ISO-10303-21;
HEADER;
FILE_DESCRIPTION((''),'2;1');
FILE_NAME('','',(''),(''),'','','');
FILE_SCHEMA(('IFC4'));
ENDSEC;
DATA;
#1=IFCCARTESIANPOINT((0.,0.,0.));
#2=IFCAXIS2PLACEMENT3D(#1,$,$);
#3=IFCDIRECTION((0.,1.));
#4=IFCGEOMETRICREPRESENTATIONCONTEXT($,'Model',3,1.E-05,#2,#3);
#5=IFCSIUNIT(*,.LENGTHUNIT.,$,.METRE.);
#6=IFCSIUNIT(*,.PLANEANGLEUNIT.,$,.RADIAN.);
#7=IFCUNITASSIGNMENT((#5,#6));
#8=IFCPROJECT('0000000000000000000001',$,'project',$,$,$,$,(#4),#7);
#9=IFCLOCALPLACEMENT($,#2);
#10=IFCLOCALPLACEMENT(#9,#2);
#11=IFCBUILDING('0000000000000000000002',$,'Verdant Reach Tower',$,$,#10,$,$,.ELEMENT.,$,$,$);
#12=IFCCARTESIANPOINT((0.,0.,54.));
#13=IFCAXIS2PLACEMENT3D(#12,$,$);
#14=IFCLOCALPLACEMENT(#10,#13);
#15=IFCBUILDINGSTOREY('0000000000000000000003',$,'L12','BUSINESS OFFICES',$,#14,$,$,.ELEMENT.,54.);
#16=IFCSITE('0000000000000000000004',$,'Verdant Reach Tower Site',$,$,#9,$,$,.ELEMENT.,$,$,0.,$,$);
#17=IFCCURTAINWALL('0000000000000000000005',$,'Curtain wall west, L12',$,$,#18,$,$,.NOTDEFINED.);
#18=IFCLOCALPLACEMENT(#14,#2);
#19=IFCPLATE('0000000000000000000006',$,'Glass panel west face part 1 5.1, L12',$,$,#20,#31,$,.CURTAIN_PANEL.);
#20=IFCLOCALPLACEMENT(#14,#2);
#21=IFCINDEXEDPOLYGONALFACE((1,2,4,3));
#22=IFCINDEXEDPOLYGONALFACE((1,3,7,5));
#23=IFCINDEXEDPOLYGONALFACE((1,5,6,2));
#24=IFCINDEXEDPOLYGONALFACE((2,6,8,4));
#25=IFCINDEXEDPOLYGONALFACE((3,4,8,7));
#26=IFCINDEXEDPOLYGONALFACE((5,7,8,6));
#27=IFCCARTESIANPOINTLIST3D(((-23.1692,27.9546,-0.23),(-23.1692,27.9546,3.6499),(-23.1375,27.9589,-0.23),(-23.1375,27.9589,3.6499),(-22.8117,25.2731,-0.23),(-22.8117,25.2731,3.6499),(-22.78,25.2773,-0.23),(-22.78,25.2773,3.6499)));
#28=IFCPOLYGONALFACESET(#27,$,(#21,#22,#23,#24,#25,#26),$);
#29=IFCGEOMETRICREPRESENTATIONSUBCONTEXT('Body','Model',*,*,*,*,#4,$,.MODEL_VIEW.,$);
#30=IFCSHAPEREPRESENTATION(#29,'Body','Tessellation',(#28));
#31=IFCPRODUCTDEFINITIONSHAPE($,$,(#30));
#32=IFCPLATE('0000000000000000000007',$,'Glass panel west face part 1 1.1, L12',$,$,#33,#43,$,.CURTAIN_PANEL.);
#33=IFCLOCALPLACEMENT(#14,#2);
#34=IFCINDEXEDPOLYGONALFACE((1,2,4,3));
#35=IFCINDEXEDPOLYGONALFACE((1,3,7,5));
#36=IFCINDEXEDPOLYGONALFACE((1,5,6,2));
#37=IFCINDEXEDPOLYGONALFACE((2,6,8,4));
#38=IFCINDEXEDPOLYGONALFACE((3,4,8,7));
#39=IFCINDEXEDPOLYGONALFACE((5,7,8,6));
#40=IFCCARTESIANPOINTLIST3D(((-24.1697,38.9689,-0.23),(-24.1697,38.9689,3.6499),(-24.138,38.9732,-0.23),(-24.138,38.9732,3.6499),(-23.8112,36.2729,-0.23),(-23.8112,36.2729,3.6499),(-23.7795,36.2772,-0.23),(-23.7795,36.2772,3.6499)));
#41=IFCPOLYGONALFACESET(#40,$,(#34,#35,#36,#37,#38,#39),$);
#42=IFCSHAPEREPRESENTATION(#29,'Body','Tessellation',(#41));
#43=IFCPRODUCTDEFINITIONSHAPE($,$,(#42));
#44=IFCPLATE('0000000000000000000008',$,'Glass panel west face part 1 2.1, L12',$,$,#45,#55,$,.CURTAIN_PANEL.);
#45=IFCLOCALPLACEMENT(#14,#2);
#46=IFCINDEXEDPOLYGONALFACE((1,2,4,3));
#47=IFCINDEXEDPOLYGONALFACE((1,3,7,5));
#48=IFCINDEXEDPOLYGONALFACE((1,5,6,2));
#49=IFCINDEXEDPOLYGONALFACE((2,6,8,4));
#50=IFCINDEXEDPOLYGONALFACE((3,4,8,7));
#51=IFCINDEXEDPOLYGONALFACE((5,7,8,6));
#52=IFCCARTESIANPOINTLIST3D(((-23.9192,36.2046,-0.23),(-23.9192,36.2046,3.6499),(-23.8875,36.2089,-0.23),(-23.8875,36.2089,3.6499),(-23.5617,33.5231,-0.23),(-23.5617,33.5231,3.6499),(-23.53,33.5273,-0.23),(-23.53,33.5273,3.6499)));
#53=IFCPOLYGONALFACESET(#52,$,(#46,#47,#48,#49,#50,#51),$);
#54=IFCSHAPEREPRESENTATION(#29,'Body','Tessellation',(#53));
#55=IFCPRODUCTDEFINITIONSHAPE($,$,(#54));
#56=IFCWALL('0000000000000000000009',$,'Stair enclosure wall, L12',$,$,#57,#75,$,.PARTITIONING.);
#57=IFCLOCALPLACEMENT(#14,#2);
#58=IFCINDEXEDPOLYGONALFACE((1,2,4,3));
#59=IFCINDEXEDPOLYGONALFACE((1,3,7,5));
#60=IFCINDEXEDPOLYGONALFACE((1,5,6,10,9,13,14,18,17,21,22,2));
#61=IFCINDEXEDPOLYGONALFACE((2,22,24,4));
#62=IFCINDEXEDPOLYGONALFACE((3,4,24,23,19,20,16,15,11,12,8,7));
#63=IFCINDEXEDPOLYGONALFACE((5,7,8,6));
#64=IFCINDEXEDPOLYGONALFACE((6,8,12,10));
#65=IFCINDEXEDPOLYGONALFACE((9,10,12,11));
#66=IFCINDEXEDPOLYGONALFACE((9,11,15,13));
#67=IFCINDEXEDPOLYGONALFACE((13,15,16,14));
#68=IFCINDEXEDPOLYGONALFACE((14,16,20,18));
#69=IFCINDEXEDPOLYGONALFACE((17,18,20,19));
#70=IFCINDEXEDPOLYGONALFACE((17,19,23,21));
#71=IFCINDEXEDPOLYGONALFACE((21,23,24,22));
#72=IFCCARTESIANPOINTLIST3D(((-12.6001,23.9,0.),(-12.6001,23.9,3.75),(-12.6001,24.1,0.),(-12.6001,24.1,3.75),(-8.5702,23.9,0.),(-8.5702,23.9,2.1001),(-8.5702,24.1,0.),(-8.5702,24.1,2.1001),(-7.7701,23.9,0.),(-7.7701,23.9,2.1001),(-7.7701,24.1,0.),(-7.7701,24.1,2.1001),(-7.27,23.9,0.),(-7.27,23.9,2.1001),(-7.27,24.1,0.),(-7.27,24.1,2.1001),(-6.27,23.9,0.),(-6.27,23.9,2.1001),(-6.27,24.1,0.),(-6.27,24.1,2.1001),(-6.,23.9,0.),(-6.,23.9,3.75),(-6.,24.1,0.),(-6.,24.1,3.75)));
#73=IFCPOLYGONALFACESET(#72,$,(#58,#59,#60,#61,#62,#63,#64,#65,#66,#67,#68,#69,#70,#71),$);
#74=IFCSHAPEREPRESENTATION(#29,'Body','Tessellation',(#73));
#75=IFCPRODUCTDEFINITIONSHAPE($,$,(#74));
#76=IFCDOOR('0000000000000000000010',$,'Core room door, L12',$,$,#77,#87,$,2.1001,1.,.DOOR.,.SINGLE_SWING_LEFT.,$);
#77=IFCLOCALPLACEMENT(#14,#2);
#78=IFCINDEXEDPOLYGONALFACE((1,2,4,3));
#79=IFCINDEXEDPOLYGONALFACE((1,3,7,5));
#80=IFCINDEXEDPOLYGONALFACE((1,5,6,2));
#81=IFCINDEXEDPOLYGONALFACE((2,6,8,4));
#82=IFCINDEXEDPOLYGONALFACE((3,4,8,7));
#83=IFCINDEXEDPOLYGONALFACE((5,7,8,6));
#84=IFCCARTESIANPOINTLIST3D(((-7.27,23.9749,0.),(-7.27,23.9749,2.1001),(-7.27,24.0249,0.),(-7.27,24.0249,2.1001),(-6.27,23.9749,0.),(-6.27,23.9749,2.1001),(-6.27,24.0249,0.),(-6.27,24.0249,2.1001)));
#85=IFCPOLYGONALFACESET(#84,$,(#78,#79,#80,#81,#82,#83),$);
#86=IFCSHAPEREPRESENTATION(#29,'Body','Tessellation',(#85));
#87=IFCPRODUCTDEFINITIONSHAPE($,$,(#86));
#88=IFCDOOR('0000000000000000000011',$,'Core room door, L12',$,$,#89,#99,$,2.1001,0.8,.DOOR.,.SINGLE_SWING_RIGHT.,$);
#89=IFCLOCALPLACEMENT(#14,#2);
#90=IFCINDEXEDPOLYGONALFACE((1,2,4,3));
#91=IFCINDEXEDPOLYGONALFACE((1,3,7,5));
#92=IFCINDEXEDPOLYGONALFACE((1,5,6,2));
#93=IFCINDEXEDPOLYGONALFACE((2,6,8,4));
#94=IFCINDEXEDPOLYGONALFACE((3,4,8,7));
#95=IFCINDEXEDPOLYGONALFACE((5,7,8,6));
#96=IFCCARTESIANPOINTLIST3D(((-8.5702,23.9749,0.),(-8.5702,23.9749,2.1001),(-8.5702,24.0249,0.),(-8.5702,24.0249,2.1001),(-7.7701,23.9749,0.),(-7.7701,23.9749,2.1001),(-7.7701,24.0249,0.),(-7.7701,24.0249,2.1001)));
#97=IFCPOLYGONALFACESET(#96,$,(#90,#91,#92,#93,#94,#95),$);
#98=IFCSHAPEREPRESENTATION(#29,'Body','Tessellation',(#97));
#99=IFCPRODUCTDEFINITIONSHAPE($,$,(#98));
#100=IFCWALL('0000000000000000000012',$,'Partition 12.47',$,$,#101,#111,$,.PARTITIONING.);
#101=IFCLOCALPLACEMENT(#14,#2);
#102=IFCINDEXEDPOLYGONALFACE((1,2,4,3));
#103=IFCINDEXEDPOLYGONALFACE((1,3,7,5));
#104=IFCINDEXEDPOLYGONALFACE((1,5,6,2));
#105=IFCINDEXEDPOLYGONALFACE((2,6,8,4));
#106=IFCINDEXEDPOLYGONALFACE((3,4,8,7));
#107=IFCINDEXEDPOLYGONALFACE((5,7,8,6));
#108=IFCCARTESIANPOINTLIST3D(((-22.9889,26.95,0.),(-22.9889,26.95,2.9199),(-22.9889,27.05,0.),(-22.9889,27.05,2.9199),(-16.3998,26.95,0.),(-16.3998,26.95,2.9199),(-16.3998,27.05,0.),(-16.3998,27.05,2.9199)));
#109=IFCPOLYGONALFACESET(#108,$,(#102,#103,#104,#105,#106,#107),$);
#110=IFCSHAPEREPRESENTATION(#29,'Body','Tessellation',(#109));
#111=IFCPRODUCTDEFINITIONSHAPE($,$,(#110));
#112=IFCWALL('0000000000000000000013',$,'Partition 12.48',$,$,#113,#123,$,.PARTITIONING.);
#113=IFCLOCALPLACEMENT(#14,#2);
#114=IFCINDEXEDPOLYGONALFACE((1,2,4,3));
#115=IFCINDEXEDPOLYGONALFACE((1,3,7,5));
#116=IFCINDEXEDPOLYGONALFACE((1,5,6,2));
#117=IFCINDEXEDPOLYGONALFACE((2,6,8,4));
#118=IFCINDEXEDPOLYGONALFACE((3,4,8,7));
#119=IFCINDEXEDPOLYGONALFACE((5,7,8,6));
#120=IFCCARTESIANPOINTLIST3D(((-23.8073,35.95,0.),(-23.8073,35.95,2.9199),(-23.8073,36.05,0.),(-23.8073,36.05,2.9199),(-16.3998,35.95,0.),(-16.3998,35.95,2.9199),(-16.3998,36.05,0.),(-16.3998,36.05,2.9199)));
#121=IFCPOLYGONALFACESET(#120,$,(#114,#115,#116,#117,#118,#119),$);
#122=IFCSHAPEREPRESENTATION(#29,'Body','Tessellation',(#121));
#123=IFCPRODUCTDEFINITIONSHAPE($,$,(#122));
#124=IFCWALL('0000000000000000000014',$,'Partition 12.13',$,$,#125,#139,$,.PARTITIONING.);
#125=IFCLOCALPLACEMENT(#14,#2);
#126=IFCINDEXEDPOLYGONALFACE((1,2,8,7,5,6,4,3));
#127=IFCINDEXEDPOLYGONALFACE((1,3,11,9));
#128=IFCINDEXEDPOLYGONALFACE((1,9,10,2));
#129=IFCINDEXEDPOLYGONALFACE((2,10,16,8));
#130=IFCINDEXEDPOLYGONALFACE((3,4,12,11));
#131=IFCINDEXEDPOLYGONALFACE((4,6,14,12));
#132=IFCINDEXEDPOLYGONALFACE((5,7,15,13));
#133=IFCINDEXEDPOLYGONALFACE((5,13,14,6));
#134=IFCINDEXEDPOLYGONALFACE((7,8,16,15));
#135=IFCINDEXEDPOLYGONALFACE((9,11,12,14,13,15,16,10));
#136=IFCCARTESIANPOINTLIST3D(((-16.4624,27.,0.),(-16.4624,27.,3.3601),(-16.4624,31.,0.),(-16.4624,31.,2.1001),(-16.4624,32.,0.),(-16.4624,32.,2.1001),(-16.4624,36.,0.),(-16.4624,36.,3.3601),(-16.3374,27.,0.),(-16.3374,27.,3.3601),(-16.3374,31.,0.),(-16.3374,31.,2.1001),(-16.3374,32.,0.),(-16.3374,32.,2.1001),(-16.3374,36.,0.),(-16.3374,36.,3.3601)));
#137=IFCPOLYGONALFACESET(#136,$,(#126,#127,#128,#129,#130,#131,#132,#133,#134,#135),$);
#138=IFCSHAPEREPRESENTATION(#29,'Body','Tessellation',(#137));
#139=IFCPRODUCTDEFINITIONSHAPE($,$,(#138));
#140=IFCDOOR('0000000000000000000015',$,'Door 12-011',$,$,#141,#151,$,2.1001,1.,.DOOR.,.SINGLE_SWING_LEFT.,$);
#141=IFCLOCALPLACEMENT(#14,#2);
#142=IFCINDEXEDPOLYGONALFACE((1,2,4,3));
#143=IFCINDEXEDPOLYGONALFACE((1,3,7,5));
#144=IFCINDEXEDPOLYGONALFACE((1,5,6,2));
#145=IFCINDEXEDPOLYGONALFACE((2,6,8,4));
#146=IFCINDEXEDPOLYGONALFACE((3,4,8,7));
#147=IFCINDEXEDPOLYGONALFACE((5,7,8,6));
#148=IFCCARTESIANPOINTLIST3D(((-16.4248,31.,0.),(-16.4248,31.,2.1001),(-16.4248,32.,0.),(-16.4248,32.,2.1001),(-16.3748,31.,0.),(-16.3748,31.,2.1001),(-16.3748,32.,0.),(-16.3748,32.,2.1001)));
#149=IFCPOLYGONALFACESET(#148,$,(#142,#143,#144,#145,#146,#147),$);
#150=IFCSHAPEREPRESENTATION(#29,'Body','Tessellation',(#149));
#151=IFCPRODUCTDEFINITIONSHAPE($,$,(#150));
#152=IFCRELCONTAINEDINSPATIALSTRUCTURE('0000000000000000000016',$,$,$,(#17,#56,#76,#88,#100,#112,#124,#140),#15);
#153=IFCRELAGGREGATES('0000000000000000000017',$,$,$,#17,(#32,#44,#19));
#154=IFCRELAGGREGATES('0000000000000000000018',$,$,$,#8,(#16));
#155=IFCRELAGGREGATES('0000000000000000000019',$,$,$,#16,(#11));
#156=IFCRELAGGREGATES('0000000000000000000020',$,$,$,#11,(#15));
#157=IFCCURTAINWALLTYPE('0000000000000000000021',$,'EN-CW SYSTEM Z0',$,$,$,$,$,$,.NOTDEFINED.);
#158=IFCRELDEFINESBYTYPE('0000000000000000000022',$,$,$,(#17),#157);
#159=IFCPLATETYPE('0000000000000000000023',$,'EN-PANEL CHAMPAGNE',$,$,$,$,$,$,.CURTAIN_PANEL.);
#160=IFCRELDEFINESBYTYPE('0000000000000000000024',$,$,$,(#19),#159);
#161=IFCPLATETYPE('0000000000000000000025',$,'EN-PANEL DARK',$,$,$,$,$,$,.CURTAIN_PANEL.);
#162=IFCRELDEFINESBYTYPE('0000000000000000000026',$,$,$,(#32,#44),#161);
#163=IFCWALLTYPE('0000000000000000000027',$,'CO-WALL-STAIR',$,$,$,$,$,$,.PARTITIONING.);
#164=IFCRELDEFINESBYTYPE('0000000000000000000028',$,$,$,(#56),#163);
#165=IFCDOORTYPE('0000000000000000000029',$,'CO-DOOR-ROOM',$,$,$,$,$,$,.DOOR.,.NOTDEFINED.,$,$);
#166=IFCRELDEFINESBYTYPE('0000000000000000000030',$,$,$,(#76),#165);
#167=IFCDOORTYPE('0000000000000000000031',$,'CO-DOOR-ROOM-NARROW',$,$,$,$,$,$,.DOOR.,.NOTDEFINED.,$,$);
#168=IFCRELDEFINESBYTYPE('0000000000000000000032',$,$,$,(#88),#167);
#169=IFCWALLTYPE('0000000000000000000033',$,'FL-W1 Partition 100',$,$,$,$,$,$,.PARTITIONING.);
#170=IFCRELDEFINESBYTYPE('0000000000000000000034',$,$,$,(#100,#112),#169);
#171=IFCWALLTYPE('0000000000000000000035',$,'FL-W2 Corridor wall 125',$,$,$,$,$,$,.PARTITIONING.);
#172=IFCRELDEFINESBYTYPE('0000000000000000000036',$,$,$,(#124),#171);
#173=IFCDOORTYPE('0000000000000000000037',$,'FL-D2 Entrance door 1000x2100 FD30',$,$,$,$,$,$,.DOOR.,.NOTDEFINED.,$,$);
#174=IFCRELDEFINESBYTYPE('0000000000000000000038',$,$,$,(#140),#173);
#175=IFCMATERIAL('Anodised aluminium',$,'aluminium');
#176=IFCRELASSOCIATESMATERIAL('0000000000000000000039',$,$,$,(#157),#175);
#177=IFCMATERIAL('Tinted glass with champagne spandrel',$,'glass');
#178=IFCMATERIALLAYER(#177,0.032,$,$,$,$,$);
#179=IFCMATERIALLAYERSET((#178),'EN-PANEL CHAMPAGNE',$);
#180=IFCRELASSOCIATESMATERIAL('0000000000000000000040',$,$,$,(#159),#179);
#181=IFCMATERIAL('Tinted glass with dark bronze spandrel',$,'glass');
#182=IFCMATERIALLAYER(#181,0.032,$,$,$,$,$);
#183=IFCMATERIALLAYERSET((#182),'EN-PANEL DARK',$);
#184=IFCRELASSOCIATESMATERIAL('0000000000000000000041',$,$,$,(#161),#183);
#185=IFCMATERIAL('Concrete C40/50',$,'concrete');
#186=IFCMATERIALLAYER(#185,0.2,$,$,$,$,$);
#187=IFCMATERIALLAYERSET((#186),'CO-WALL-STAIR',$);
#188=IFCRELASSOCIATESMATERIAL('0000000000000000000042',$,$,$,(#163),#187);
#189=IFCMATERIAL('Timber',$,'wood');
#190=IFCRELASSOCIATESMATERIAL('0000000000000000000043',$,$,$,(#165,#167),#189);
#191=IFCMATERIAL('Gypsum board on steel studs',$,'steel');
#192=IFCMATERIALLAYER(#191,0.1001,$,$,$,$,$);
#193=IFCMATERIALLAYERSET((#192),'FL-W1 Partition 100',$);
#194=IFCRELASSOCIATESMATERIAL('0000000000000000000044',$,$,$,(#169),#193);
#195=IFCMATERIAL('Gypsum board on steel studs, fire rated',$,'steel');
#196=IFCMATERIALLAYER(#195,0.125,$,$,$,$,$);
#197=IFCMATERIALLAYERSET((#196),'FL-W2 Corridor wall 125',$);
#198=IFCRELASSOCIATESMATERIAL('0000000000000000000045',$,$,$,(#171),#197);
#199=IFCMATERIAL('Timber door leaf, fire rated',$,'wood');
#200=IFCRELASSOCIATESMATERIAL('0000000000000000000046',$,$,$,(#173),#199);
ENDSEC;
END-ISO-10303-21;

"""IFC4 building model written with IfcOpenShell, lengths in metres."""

from ifc_helpers import new_model, si_unit, direction, frame, frame_2d, origin, origin_2d, place, context, subcontext, project, spatial, rectangle, extrude, material, layer, layer_set, type_object, element, fill, aggregate, save


model = new_model("IFC4")

# Units and contexts
model_context = context("Model", 3, precision=1e-05, world=origin(), true_north=direction((0.0, 1.0)))
body_context = subcontext(model_context, "Body", "Model", "MODEL_VIEW")
ifc_project = project(units=[si_unit("LENGTHUNIT", "METRE"), si_unit("PLANEANGLEUNIT", "RADIAN")], contexts=[model_context])

# Site, building, storey
site_placement = place(None, origin())
site = spatial("IfcSite", under=ifc_project, at=site_placement, Name="Verdant Reach Tower Site", CompositionType="ELEMENT", RefElevation=0.0)
building_placement = place(site_placement, origin())
building = spatial("IfcBuilding", under=site, at=building_placement, Name="Verdant Reach Tower", CompositionType="ELEMENT")
storey_placement = place(building_placement, frame((0.0, 0.0, 54.0)))
storey = spatial("IfcBuildingStorey", under=building, at=storey_placement, Name="L12", Description="BUSINESS OFFICES", CompositionType="ELEMENT", Elevation=54.0)

# Curtain wall, plates
ifc_material_1 = material(Name="Anodised aluminium", Category="aluminium")
curtain_wall_type = type_object("IfcCurtainWallType", Name="EN-CW SYSTEM Z0", PredefinedType="NOTDEFINED", material=ifc_material_1)
curtain_wall_placement = place(storey_placement, origin())
curtain_wall = element("IfcCurtainWall", 1, at=curtain_wall_placement, inside=storey, type_object=curtain_wall_type, Name="Curtain wall west, L12", PredefinedType="NOTDEFINED")
ifc_material_2 = material(Name="Tinted glass with champagne spandrel", Category="glass")
ifc_layer_1 = layer(ifc_material_2, 0.032)
ifc_layer_set_1 = layer_set([ifc_layer_1], Name="EN-PANEL CHAMPAGNE")
plate_type_1 = type_object("IfcPlateType", Name="EN-PANEL CHAMPAGNE", PredefinedType="CURTAIN_PANEL", material=ifc_layer_set_1)
plate_1_placement = place(storey_placement, frame((-22.9746, 26.616, -0.23), z_axis=(0.0, 0.0, 1.0), x_axis=(0.13216, -0.991228, 0.0)))
plate_1 = element("IfcPlate", 2, at=plate_1_placement, type_object=plate_type_1, Name="Glass panel west face part 1 5.1, L12", PredefinedType="CURTAIN_PANEL", context=body_context, shape_type="SweptSolid", body=[
    extrude(rectangle(XDim=2.7053, YDim=0.032, at=origin_2d()), origin(), (0.0, 0.0, 1.0), 3.8799),
])
ifc_material_3 = material(Name="Tinted glass with dark bronze spandrel", Category="glass")
ifc_layer_2 = layer(ifc_material_3, 0.032)
ifc_layer_set_2 = layer_set([ifc_layer_2], Name="EN-PANEL DARK")
plate_type_2 = type_object("IfcPlateType", Name="EN-PANEL DARK", PredefinedType="CURTAIN_PANEL", material=ifc_layer_set_2)
plate_2_placement = place(storey_placement, frame((-23.9746, 37.623, -0.23), z_axis=(0.0, 0.0, 1.0), x_axis=(0.131793, -0.991277, 0.0)))
plate_2 = element("IfcPlate", 3, at=plate_2_placement, type_object=plate_type_2, Name="Glass panel west face part 1 1.1, L12", PredefinedType="CURTAIN_PANEL", context=body_context, shape_type="SweptSolid", body=[
    extrude(rectangle(XDim=2.7197, YDim=0.032, at=origin_2d()), origin(), (0.0, 0.0, 1.0), 3.8799),
])
plate_3_placement = place(storey_placement, frame((-23.7246, 34.866, -0.23), z_axis=(0.0, 0.0, 1.0), x_axis=(0.13216, -0.991228, 0.0)))
plate_3 = element("IfcPlate", 4, at=plate_3_placement, type_object=plate_type_2, Name="Glass panel west face part 1 2.1, L12", PredefinedType="CURTAIN_PANEL", context=body_context, shape_type="SweptSolid", body=[
    extrude(rectangle(XDim=2.7053, YDim=0.032, at=origin_2d()), origin(), (0.0, 0.0, 1.0), 3.8799),
])
aggregate(curtain_wall, [plate_2, plate_3, plate_1])

# Wall, openings, doors
ifc_material_4 = material(Name="Concrete C40/50", Category="concrete")
ifc_layer_3 = layer(ifc_material_4, 0.2)
ifc_layer_set_3 = layer_set([ifc_layer_3], Name="CO-WALL-STAIR")
wall_type_1 = type_object("IfcWallType", Name="CO-WALL-STAIR", PredefinedType="PARTITIONING", material=ifc_layer_set_3)
wall_1_placement = place(storey_placement, frame((-12.6001, 24.0, 0.0), z_axis=(0.0, 0.0, 1.0), x_axis=(1.0, 0.0, 0.0)))
wall_1 = element("IfcWall", 5, at=wall_1_placement, inside=storey, type_object=wall_type_1, Name="Stair enclosure wall, L12", PredefinedType="PARTITIONING", context=body_context, shape_type="SweptSolid", body=[
    extrude(rectangle(XDim=6.6001, YDim=0.2, at=frame_2d((3.3, 0.0))), origin(), (0.0, 0.0, 1.0), 3.75),
])
opening_1_placement = place(wall_1_placement, frame((4.03, 0.0, 0.0)))
opening_1 = element("IfcOpeningElement", 6, at=opening_1_placement, cuts=wall_1, PredefinedType="OPENING", context=body_context, shape_type="SweptSolid", body=[
    extrude(rectangle(XDim=0.8, YDim=2.1001, at=frame_2d((0.3999, 1.05))), frame((0.0, 0.1099, 0.0), z_axis=(0.0, -1.0, 0.0), x_axis=(1.0, 0.0, 0.0)), (0.0, 0.0, 1.0), 0.22),
])
opening_2_placement = place(wall_1_placement, frame((5.3301, 0.0, 0.0)))
opening_2 = element("IfcOpeningElement", 7, at=opening_2_placement, cuts=wall_1, PredefinedType="OPENING", context=body_context, shape_type="SweptSolid", body=[
    extrude(rectangle(XDim=1.0, YDim=2.1001, at=frame_2d((0.5, 1.05))), frame((0.0, 0.1099, 0.0), z_axis=(0.0, -1.0, 0.0), x_axis=(1.0, 0.0, 0.0)), (0.0, 0.0, 1.0), 0.22),
])
ifc_material_5 = material(Name="Timber", Category="wood")
door_type_1 = type_object("IfcDoorType", Name="CO-DOOR-ROOM", OperationType="NOTDEFINED", PredefinedType="DOOR", material=ifc_material_5)
door_1_placement = place(opening_2_placement, origin())
door_1 = element("IfcDoor", 8, at=door_1_placement, inside=storey, type_object=door_type_1, Name="Core room door, L12", OperationType="SINGLE_SWING_LEFT", OverallHeight=2.1001, OverallWidth=1.0, PredefinedType="DOOR", context=body_context, shape_type="SweptSolid", body=[
    extrude(rectangle(XDim=1.0, YDim=2.1001, at=frame_2d((0.5, 1.05))), frame((0.0, 0.0249, 0.0), z_axis=(0.0, -1.0, 0.0), x_axis=(1.0, 0.0, 0.0)), (0.0, 0.0, 1.0), 0.05),
])
fill(opening_2, door_1)
door_type_2 = type_object("IfcDoorType", Name="CO-DOOR-ROOM-NARROW", OperationType="NOTDEFINED", PredefinedType="DOOR", material=ifc_material_5)
door_2_placement = place(opening_1_placement, origin())
door_2 = element("IfcDoor", 9, at=door_2_placement, inside=storey, type_object=door_type_2, Name="Core room door, L12", OperationType="SINGLE_SWING_RIGHT", OverallHeight=2.1001, OverallWidth=0.8, PredefinedType="DOOR", context=body_context, shape_type="SweptSolid", body=[
    extrude(rectangle(XDim=0.8, YDim=2.1001, at=frame_2d((0.3999, 1.05))), frame((0.0, 0.0249, 0.0), z_axis=(0.0, -1.0, 0.0), x_axis=(1.0, 0.0, 0.0)), (0.0, 0.0, 1.0), 0.05),
])
fill(opening_1, door_2)

# Walls
ifc_material_6 = material(Name="Gypsum board on steel studs", Category="steel")
ifc_layer_4 = layer(ifc_material_6, 0.1001)
ifc_layer_set_4 = layer_set([ifc_layer_4], Name="FL-W1 Partition 100")
wall_type_2 = type_object("IfcWallType", Name="FL-W1 Partition 100", PredefinedType="PARTITIONING", material=ifc_layer_set_4)
wall_2_placement = place(storey_placement, frame((-16.3999, 27.0, 0.0), z_axis=(0.0, 0.0, 1.0), x_axis=(-1.0, 0.0, 0.0)))
element("IfcWall", 10, at=wall_2_placement, inside=storey, type_object=wall_type_2, Name="Partition 12.47", PredefinedType="PARTITIONING", context=body_context, shape_type="SweptSolid", body=[
    extrude(rectangle(XDim=6.5891, YDim=0.1001, at=frame_2d((3.2944, 0.0))), origin(), (0.0, 0.0, 1.0), 2.9199),
])
wall_3_placement = place(storey_placement, frame((-16.3999, 36.0, 0.0), z_axis=(0.0, 0.0, 1.0), x_axis=(-1.0, 0.0, 0.0)))
element("IfcWall", 11, at=wall_3_placement, inside=storey, type_object=wall_type_2, Name="Partition 12.48", PredefinedType="PARTITIONING", context=body_context, shape_type="SweptSolid", body=[
    extrude(rectangle(XDim=7.4075, YDim=0.1001, at=frame_2d((3.7036, 0.0))), origin(), (0.0, 0.0, 1.0), 2.9199),
])

# Wall, opening, door
ifc_material_7 = material(Name="Gypsum board on steel studs, fire rated", Category="steel")
ifc_layer_5 = layer(ifc_material_7, 0.125)
ifc_layer_set_5 = layer_set([ifc_layer_5], Name="FL-W2 Corridor wall 125")
wall_type_3 = type_object("IfcWallType", Name="FL-W2 Corridor wall 125", PredefinedType="PARTITIONING", material=ifc_layer_set_5)
wall_4_placement = place(storey_placement, frame((-16.3999, 27.0, 0.0), z_axis=(0.0, 0.0, 1.0), x_axis=(0.0, 1.0, 0.0)))
wall_4 = element("IfcWall", 12, at=wall_4_placement, inside=storey, type_object=wall_type_3, Name="Partition 12.13", PredefinedType="PARTITIONING", context=body_context, shape_type="SweptSolid", body=[
    extrude(rectangle(XDim=9.0, YDim=0.125, at=frame_2d((4.5, 0.0))), origin(), (0.0, 0.0, 1.0), 3.3601),
])
opening_3_placement = place(wall_4_placement, frame((4.0, 0.0, 0.0)))
opening_3 = element("IfcOpeningElement", 13, at=opening_3_placement, cuts=wall_4, PredefinedType="OPENING", context=body_context, shape_type="SweptSolid", body=[
    extrude(rectangle(XDim=1.0, YDim=2.1001, at=frame_2d((0.5, 1.05))), frame((0.0, 0.0725, 0.0), z_axis=(0.0, -1.0, 0.0), x_axis=(1.0, 0.0, 0.0)), (0.0, 0.0, 1.0), 0.145),
])
ifc_material_8 = material(Name="Timber door leaf, fire rated", Category="wood")
door_type_3 = type_object("IfcDoorType", Name="FL-D2 Entrance door 1000x2100 FD30", OperationType="NOTDEFINED", PredefinedType="DOOR", material=ifc_material_8)
door_3_placement = place(opening_3_placement, origin())
door_3 = element("IfcDoor", 14, at=door_3_placement, inside=storey, type_object=door_type_3, Name="Door 12-011", OperationType="SINGLE_SWING_LEFT", OverallHeight=2.1001, OverallWidth=1.0, PredefinedType="DOOR", context=body_context, shape_type="SweptSolid", body=[
    extrude(rectangle(XDim=1.0, YDim=2.1001, at=frame_2d((0.5, 1.05))), frame((0.0, 0.0249, 0.0), z_axis=(0.0, -1.0, 0.0), x_axis=(1.0, 0.0, 0.0)), (0.0, 0.0, 1.0), 0.05),
])
fill(opening_3, door_3)

save(model, "model.ifc")
